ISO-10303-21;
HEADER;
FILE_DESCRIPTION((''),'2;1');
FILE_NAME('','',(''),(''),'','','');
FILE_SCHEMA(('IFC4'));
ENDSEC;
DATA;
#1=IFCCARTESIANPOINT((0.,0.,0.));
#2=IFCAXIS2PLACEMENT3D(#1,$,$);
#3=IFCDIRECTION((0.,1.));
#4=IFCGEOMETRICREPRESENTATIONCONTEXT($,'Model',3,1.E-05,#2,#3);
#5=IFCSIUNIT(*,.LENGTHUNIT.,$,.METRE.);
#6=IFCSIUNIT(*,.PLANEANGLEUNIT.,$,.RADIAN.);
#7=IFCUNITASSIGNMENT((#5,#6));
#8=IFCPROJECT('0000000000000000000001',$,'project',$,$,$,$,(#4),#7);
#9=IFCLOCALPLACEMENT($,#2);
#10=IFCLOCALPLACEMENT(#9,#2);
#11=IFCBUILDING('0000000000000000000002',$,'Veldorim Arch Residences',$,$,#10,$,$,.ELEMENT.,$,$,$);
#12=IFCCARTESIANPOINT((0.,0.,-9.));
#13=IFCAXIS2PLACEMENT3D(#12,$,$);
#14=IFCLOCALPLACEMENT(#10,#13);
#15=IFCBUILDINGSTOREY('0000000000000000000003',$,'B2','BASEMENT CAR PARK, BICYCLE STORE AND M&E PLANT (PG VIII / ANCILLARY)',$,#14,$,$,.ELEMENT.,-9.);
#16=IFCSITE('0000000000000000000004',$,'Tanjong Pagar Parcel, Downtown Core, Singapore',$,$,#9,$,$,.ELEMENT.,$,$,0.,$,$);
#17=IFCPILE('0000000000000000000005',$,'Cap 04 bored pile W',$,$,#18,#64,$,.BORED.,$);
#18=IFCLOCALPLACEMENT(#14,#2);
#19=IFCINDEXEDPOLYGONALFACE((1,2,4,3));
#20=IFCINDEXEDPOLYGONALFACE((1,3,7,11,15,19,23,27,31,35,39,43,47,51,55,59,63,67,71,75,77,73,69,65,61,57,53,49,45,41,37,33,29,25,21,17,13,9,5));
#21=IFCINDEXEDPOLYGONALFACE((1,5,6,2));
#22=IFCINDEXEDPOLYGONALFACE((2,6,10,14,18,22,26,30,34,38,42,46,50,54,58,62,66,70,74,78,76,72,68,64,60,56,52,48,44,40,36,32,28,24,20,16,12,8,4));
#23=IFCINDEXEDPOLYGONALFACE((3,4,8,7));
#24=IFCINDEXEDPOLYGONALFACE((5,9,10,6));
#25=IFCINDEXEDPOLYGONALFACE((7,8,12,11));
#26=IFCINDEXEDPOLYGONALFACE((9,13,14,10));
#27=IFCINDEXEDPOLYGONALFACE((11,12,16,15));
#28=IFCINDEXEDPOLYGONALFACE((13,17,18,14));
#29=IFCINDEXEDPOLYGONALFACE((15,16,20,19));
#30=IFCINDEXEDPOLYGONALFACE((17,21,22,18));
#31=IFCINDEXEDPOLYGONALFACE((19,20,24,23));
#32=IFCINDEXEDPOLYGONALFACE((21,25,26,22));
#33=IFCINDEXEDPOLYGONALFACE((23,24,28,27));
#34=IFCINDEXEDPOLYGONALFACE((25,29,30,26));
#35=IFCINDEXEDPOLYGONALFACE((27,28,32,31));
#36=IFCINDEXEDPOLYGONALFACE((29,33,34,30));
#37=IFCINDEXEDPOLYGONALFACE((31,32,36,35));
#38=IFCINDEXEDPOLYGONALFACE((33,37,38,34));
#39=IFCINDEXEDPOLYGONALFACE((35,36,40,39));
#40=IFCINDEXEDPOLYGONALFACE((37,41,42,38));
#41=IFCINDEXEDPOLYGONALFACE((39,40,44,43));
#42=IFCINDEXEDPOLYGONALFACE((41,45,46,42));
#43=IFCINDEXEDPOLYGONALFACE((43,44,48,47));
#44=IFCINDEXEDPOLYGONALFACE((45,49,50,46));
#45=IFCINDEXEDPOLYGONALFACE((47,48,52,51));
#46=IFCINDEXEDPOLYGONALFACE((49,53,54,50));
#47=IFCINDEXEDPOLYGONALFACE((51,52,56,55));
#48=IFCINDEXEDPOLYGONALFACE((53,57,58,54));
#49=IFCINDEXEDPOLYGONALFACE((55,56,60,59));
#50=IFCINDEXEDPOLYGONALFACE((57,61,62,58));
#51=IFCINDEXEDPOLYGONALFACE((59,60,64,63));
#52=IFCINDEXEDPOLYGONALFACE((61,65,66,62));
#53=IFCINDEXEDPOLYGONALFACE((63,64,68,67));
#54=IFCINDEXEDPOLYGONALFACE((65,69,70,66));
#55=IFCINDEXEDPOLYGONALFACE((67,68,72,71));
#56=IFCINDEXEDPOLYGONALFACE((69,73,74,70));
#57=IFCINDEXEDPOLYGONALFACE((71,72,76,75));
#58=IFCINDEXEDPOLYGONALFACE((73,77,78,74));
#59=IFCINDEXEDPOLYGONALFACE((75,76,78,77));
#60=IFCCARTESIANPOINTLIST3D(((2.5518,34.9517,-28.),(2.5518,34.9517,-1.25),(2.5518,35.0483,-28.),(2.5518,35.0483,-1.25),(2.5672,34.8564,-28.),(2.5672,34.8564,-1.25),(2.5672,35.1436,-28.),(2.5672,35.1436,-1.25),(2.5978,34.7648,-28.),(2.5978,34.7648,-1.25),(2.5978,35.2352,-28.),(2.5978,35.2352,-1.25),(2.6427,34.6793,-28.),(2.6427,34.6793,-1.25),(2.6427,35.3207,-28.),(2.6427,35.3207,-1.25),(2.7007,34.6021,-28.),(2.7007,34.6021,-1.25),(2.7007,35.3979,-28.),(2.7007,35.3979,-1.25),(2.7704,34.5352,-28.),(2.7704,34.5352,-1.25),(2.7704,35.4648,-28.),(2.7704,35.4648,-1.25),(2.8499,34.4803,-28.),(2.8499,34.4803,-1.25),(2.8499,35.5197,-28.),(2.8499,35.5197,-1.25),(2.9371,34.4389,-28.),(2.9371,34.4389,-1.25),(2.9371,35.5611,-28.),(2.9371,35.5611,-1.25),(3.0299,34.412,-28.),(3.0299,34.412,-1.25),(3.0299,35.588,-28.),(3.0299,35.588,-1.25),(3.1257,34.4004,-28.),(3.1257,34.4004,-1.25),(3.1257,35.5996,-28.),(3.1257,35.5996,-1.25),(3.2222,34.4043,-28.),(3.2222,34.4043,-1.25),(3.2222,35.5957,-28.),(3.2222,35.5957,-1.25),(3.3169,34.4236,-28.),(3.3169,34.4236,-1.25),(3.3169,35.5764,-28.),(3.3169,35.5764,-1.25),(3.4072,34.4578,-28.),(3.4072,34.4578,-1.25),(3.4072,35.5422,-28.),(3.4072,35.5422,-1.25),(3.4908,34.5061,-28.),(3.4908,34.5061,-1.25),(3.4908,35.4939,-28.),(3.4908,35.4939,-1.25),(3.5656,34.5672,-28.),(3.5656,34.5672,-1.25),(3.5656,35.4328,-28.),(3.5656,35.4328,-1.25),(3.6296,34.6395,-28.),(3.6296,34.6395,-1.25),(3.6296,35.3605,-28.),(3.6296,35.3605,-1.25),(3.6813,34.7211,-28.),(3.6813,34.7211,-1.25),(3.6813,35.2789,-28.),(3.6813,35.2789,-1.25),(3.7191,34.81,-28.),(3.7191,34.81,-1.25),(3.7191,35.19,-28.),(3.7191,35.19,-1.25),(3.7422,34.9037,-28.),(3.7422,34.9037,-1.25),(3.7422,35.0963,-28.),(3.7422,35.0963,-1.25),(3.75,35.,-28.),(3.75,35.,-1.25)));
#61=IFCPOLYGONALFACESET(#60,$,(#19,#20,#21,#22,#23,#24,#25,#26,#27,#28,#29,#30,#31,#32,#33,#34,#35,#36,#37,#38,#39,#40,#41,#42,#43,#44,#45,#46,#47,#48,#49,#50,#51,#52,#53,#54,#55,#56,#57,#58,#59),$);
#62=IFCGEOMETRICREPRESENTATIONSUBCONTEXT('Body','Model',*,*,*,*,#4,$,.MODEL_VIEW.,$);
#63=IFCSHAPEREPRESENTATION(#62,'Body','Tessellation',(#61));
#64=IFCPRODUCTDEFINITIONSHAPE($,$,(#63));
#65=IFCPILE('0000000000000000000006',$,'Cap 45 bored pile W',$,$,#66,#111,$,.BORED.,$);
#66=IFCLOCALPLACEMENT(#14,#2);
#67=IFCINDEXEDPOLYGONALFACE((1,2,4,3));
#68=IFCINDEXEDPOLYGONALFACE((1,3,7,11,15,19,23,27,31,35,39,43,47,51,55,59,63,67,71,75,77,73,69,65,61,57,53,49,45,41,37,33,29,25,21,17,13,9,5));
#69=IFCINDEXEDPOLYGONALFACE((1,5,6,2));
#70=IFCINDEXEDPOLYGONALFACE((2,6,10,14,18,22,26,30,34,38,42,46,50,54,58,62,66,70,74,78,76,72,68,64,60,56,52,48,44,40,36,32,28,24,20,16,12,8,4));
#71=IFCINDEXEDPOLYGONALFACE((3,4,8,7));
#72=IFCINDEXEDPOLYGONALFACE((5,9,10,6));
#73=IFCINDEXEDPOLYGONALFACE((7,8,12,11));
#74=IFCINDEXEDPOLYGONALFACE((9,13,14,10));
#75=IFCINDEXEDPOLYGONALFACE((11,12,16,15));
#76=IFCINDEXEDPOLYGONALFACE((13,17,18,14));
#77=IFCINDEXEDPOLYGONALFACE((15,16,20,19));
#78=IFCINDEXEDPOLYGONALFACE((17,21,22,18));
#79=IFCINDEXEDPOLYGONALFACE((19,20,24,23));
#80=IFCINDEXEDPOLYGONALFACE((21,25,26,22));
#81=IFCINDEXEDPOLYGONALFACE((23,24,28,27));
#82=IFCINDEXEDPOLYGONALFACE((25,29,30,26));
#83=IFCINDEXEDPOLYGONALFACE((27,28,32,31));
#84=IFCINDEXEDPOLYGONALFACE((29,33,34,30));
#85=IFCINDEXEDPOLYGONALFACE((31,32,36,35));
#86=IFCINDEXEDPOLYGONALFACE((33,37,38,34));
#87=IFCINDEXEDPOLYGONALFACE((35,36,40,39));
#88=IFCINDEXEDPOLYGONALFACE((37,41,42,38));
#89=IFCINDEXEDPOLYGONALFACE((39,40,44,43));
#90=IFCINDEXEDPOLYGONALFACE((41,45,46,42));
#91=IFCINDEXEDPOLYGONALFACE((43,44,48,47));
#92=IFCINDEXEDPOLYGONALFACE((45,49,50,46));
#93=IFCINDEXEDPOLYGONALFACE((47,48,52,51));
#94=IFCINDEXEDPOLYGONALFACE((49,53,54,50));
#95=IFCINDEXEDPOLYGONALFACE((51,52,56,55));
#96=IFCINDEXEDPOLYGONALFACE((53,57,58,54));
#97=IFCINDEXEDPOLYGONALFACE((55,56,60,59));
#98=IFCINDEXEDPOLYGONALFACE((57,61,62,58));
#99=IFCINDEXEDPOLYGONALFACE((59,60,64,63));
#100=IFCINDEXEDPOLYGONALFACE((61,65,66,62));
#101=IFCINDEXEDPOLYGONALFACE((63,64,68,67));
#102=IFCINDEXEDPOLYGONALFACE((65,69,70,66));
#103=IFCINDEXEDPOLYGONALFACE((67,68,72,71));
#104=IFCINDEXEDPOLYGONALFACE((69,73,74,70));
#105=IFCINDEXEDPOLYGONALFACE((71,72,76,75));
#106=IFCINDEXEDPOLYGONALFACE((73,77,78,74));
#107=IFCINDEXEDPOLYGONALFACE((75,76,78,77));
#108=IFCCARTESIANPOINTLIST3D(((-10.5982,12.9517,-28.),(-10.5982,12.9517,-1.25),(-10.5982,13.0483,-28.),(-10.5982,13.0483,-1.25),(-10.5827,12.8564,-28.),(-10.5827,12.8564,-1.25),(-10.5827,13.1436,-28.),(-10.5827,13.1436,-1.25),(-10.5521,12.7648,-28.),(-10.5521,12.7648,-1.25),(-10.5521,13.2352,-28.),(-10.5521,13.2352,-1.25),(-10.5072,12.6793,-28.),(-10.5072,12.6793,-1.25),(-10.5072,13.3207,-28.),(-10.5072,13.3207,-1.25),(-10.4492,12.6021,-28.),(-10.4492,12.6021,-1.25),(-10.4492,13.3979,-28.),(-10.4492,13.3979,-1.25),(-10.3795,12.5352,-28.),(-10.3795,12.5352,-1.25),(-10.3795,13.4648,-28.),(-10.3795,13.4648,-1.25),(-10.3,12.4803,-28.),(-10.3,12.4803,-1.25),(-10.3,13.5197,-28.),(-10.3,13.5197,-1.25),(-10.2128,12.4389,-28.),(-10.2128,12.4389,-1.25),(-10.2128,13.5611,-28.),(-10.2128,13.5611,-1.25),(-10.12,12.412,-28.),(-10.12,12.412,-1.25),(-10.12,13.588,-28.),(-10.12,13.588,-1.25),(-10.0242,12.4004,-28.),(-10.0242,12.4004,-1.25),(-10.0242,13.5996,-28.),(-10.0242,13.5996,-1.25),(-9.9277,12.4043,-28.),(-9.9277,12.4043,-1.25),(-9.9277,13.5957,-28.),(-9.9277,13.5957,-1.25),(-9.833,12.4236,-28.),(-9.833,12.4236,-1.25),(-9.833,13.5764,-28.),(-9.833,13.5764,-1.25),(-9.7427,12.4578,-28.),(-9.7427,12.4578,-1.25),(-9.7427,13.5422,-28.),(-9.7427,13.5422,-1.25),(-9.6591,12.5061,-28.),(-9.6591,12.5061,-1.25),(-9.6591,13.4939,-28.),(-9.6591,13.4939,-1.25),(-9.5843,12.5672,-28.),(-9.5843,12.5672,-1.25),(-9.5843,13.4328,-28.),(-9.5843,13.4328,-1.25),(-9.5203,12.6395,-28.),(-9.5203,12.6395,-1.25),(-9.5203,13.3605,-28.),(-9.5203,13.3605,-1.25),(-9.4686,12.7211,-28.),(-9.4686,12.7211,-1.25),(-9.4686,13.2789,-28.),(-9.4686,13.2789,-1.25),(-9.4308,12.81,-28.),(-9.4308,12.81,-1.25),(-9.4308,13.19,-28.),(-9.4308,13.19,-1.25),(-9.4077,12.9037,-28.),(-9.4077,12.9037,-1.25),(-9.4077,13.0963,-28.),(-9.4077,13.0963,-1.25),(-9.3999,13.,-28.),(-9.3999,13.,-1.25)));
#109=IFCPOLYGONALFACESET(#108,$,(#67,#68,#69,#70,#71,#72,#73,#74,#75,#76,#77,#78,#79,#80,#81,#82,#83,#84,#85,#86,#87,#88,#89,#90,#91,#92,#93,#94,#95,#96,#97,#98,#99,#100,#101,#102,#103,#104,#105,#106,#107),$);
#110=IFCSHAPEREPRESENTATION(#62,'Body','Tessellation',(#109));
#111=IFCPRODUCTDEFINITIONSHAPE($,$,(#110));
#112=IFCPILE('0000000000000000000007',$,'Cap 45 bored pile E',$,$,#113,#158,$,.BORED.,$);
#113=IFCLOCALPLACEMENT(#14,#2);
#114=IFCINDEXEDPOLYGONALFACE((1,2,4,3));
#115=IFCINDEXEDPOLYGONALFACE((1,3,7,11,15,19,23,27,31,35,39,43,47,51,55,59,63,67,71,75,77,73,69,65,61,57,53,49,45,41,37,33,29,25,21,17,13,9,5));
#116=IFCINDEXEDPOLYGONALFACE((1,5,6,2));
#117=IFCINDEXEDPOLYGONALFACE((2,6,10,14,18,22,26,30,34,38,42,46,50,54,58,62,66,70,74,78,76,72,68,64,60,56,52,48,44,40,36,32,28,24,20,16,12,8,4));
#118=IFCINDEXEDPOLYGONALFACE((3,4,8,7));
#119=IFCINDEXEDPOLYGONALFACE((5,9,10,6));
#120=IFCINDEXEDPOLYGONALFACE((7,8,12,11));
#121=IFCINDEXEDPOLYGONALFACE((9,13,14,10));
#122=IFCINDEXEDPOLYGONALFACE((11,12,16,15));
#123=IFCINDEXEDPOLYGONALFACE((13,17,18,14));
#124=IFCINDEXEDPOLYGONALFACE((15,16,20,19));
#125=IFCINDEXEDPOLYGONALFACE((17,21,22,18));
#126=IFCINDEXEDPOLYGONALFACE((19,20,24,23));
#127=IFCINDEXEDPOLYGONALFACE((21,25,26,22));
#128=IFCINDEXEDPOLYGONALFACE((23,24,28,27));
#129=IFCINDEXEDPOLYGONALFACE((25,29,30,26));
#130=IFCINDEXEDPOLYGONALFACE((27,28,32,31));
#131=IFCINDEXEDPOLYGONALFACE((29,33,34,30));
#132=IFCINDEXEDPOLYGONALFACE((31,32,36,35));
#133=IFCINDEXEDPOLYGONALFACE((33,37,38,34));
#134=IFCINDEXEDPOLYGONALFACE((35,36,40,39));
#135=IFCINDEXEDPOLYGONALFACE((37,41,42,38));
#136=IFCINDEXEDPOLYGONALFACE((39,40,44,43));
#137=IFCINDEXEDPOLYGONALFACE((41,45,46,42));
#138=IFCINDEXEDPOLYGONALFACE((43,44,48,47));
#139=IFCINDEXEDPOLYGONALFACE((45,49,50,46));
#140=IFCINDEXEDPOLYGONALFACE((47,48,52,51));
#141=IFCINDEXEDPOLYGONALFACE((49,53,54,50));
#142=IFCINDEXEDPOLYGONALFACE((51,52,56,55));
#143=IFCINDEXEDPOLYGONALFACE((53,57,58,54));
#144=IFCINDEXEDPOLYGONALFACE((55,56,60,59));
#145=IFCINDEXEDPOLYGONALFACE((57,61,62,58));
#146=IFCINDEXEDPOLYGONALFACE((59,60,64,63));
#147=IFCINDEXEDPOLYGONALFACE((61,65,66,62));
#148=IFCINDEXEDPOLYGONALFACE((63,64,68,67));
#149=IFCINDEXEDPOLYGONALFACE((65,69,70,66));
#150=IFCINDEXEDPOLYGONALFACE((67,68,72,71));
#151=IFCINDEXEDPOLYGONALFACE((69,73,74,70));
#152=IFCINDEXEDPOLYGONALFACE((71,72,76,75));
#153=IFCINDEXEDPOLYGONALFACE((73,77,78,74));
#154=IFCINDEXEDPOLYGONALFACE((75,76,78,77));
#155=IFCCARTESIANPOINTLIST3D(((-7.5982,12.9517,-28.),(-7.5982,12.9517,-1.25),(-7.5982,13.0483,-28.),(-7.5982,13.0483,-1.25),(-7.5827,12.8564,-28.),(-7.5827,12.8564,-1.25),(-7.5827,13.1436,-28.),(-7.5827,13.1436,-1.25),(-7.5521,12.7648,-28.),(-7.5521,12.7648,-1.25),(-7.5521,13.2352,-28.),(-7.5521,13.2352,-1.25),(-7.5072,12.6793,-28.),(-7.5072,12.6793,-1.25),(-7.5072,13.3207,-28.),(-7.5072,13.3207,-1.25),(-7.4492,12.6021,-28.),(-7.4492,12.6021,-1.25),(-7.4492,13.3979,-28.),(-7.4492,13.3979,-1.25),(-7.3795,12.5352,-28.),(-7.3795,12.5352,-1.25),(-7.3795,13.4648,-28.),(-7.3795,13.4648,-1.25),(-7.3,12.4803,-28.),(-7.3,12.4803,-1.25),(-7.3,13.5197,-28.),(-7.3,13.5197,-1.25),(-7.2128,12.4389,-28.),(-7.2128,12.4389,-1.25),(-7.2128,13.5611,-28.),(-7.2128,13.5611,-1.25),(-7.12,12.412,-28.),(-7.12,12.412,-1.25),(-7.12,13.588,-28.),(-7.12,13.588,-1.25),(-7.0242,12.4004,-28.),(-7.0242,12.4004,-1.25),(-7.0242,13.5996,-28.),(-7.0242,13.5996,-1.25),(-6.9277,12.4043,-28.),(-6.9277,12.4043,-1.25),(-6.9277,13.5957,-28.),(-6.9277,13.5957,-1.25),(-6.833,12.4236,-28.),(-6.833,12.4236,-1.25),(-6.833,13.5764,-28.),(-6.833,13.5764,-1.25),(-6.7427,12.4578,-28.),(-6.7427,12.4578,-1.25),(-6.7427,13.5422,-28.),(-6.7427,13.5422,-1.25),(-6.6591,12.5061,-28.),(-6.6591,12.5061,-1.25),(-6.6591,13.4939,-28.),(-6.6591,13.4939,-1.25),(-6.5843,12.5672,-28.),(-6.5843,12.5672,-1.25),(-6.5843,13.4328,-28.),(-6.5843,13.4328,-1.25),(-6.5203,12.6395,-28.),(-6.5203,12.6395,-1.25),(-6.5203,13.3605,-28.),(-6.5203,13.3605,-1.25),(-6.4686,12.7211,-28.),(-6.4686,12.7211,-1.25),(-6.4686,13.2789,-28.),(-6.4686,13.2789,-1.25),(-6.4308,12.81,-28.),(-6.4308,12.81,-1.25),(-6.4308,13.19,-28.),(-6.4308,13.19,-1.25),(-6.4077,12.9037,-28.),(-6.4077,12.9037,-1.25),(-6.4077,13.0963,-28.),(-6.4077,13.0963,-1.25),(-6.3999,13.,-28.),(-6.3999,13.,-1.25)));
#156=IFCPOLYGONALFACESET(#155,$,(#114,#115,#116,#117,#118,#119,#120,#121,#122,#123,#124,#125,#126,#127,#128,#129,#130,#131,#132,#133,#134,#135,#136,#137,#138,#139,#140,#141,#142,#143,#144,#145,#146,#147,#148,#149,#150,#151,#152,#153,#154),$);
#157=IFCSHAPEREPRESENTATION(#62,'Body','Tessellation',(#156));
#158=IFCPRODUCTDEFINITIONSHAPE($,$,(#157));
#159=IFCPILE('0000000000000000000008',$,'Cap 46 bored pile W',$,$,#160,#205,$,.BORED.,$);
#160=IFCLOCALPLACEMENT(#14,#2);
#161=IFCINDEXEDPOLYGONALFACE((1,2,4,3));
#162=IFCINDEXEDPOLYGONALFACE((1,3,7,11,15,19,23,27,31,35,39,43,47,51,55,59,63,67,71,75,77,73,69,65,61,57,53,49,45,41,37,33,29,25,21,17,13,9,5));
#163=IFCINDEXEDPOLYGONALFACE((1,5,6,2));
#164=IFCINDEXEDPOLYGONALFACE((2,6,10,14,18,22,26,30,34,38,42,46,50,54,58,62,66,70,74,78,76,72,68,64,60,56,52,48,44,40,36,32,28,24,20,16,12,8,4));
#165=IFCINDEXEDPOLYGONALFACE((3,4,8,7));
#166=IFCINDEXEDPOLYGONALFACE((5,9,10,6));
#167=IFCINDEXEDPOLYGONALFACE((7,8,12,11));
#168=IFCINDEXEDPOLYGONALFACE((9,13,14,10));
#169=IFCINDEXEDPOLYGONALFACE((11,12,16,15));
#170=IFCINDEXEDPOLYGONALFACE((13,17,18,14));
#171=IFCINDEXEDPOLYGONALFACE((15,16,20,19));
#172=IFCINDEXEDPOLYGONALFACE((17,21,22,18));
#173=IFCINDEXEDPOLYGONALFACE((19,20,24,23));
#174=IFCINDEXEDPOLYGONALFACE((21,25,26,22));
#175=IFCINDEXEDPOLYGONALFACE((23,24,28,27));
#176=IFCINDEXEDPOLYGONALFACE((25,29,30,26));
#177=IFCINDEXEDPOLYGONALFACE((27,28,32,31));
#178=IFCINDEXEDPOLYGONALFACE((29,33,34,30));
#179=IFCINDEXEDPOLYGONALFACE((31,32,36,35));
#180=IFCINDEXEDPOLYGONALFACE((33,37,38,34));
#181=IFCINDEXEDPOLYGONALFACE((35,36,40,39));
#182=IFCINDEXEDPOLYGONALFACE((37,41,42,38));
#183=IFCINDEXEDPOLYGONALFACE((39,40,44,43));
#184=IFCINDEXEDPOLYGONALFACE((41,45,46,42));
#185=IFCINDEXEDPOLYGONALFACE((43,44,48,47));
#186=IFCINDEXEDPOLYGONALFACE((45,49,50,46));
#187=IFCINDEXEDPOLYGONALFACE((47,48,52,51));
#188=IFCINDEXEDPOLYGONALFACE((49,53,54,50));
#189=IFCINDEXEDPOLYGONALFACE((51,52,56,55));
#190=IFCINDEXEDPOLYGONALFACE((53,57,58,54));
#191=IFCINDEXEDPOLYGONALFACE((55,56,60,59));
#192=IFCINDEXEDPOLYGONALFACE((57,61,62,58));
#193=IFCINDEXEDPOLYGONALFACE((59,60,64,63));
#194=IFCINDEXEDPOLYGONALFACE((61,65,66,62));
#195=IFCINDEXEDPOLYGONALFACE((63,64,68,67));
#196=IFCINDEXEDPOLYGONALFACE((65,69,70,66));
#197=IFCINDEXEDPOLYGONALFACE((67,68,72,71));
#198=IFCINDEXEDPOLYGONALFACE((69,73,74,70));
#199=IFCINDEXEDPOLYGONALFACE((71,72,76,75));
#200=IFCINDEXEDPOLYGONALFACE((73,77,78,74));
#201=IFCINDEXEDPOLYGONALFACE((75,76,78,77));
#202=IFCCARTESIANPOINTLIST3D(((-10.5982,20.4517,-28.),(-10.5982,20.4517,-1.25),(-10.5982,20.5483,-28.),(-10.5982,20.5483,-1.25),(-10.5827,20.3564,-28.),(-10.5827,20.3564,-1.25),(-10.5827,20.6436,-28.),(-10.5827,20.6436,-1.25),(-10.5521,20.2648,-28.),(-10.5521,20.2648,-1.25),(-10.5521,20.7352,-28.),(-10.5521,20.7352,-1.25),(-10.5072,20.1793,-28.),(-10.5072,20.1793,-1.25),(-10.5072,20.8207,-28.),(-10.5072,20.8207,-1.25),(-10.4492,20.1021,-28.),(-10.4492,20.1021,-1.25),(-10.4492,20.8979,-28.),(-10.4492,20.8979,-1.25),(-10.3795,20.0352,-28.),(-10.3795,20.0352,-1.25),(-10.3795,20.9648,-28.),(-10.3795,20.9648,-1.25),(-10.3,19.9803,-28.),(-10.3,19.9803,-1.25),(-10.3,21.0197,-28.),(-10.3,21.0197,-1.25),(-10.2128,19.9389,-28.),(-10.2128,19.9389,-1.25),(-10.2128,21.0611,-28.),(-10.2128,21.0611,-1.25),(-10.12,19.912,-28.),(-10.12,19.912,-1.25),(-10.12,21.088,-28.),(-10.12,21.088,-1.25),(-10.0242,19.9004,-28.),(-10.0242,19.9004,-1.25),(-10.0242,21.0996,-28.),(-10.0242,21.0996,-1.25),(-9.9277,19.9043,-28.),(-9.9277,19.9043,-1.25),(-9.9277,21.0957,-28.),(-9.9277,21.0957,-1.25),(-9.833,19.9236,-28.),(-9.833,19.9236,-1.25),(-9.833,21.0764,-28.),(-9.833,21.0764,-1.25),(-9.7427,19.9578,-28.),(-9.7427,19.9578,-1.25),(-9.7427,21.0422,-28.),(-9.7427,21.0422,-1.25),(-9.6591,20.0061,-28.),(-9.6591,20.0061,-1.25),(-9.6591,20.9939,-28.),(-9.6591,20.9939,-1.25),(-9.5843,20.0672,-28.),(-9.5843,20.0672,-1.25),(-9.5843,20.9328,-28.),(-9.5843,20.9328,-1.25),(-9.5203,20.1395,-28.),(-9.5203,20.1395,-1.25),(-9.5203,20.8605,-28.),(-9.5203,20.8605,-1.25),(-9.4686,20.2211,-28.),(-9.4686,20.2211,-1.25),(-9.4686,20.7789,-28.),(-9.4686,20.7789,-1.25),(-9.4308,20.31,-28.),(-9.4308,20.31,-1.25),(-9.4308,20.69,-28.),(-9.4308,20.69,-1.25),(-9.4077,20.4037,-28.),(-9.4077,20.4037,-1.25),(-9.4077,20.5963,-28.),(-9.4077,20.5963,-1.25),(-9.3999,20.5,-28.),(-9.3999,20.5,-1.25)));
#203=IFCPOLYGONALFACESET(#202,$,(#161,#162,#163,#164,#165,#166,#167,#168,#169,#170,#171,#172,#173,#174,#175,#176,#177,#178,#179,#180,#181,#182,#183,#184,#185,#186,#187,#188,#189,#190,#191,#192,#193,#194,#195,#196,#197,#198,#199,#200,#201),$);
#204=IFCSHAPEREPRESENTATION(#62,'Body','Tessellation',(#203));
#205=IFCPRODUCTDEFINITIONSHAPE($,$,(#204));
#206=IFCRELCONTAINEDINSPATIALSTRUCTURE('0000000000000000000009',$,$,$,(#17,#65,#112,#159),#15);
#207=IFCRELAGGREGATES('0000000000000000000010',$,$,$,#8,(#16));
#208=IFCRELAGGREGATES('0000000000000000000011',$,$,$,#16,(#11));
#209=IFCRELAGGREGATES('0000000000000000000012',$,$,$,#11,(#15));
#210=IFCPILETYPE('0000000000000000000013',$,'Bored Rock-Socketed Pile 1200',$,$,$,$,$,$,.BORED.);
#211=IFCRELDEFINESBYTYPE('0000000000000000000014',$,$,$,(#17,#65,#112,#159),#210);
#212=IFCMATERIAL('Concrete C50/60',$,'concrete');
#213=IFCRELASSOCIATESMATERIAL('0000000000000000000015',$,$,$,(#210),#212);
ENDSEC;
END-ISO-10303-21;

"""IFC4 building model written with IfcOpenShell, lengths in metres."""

from ifc_helpers import new_model, si_unit, direction, frame, origin, origin_2d, place, context, subcontext, project, spatial, circle, extrude, material, material_profile, profile_set, type_object, element, save


model = new_model("IFC4")

# Units and contexts
model_context = context("Model", 3, precision=1e-05, world=origin(), true_north=direction((0.0, 1.0)))
body_context = subcontext(model_context, "Body", "Model", "MODEL_VIEW")
ifc_project = project(units=[si_unit("LENGTHUNIT", "METRE"), si_unit("PLANEANGLEUNIT", "RADIAN")], contexts=[model_context])

# Site, building, storey
site_placement = place(None, origin())
site = spatial("IfcSite", under=ifc_project, at=site_placement, Name="Tanjong Pagar Parcel, Downtown Core, Singapore", CompositionType="ELEMENT", RefElevation=0.0)
building_placement = place(site_placement, origin())
building = spatial("IfcBuilding", under=site, at=building_placement, Name="Veldorim Arch Residences", CompositionType="ELEMENT")
storey_placement = place(building_placement, frame((0.0, 0.0, -9.0)))
storey = spatial("IfcBuildingStorey", under=building, at=storey_placement, Name="B2", Description="BASEMENT CAR PARK, BICYCLE STORE AND M&E PLANT (PG VIII / ANCILLARY)", CompositionType="ELEMENT", Elevation=-9.0)

# Piles
ifc_material_1 = material(Name="Concrete C50/60", Category="concrete")
ifc_material_profile_1 = material_profile(ifc_material_1, circle(Radius=0.6001, at=origin_2d()), Name="PILE_1200")
ifc_profile_set_1 = profile_set([ifc_material_profile_1], Name="Concrete C50/60")
pile_type = type_object("IfcPileType", Name="Bored Rock-Socketed Pile 1200", PredefinedType="BORED", material=ifc_profile_set_1)
for number, where, z_axis, x_axis, name in (
    (1, (3.1499, 35.0, -1.25), (0.0, 0.0, -1.0), (1.0, 0.0, 0.0), "Cap 04 bored pile W"),
    (2, (-10.0, 13.0, -1.25), (0.0, 0.0, -1.0), (1.0, 0.0, 0.0), "Cap 45 bored pile W"),
    (3, (-7.0, 13.0, -1.25), (0.0, 0.0, -1.0), (1.0, 0.0, 0.0), "Cap 45 bored pile E"),
    (4, (-10.0, 20.5, -1.25), (0.0, 0.0, -1.0), (1.0, 0.0, 0.0), "Cap 46 bored pile W"),
):
    element("IfcPile", number, at=place(storey_placement, frame(where, z_axis=z_axis, x_axis=x_axis)), inside=storey, type_object=pile_type, Name=name, PredefinedType="BORED", context=body_context, shape_type="SweptSolid", body=[
        extrude(circle(Radius=0.6001, at=origin_2d()), origin(), (0.0, 0.0, 1.0), 26.75),
    ])

save(model, "model.ifc")
